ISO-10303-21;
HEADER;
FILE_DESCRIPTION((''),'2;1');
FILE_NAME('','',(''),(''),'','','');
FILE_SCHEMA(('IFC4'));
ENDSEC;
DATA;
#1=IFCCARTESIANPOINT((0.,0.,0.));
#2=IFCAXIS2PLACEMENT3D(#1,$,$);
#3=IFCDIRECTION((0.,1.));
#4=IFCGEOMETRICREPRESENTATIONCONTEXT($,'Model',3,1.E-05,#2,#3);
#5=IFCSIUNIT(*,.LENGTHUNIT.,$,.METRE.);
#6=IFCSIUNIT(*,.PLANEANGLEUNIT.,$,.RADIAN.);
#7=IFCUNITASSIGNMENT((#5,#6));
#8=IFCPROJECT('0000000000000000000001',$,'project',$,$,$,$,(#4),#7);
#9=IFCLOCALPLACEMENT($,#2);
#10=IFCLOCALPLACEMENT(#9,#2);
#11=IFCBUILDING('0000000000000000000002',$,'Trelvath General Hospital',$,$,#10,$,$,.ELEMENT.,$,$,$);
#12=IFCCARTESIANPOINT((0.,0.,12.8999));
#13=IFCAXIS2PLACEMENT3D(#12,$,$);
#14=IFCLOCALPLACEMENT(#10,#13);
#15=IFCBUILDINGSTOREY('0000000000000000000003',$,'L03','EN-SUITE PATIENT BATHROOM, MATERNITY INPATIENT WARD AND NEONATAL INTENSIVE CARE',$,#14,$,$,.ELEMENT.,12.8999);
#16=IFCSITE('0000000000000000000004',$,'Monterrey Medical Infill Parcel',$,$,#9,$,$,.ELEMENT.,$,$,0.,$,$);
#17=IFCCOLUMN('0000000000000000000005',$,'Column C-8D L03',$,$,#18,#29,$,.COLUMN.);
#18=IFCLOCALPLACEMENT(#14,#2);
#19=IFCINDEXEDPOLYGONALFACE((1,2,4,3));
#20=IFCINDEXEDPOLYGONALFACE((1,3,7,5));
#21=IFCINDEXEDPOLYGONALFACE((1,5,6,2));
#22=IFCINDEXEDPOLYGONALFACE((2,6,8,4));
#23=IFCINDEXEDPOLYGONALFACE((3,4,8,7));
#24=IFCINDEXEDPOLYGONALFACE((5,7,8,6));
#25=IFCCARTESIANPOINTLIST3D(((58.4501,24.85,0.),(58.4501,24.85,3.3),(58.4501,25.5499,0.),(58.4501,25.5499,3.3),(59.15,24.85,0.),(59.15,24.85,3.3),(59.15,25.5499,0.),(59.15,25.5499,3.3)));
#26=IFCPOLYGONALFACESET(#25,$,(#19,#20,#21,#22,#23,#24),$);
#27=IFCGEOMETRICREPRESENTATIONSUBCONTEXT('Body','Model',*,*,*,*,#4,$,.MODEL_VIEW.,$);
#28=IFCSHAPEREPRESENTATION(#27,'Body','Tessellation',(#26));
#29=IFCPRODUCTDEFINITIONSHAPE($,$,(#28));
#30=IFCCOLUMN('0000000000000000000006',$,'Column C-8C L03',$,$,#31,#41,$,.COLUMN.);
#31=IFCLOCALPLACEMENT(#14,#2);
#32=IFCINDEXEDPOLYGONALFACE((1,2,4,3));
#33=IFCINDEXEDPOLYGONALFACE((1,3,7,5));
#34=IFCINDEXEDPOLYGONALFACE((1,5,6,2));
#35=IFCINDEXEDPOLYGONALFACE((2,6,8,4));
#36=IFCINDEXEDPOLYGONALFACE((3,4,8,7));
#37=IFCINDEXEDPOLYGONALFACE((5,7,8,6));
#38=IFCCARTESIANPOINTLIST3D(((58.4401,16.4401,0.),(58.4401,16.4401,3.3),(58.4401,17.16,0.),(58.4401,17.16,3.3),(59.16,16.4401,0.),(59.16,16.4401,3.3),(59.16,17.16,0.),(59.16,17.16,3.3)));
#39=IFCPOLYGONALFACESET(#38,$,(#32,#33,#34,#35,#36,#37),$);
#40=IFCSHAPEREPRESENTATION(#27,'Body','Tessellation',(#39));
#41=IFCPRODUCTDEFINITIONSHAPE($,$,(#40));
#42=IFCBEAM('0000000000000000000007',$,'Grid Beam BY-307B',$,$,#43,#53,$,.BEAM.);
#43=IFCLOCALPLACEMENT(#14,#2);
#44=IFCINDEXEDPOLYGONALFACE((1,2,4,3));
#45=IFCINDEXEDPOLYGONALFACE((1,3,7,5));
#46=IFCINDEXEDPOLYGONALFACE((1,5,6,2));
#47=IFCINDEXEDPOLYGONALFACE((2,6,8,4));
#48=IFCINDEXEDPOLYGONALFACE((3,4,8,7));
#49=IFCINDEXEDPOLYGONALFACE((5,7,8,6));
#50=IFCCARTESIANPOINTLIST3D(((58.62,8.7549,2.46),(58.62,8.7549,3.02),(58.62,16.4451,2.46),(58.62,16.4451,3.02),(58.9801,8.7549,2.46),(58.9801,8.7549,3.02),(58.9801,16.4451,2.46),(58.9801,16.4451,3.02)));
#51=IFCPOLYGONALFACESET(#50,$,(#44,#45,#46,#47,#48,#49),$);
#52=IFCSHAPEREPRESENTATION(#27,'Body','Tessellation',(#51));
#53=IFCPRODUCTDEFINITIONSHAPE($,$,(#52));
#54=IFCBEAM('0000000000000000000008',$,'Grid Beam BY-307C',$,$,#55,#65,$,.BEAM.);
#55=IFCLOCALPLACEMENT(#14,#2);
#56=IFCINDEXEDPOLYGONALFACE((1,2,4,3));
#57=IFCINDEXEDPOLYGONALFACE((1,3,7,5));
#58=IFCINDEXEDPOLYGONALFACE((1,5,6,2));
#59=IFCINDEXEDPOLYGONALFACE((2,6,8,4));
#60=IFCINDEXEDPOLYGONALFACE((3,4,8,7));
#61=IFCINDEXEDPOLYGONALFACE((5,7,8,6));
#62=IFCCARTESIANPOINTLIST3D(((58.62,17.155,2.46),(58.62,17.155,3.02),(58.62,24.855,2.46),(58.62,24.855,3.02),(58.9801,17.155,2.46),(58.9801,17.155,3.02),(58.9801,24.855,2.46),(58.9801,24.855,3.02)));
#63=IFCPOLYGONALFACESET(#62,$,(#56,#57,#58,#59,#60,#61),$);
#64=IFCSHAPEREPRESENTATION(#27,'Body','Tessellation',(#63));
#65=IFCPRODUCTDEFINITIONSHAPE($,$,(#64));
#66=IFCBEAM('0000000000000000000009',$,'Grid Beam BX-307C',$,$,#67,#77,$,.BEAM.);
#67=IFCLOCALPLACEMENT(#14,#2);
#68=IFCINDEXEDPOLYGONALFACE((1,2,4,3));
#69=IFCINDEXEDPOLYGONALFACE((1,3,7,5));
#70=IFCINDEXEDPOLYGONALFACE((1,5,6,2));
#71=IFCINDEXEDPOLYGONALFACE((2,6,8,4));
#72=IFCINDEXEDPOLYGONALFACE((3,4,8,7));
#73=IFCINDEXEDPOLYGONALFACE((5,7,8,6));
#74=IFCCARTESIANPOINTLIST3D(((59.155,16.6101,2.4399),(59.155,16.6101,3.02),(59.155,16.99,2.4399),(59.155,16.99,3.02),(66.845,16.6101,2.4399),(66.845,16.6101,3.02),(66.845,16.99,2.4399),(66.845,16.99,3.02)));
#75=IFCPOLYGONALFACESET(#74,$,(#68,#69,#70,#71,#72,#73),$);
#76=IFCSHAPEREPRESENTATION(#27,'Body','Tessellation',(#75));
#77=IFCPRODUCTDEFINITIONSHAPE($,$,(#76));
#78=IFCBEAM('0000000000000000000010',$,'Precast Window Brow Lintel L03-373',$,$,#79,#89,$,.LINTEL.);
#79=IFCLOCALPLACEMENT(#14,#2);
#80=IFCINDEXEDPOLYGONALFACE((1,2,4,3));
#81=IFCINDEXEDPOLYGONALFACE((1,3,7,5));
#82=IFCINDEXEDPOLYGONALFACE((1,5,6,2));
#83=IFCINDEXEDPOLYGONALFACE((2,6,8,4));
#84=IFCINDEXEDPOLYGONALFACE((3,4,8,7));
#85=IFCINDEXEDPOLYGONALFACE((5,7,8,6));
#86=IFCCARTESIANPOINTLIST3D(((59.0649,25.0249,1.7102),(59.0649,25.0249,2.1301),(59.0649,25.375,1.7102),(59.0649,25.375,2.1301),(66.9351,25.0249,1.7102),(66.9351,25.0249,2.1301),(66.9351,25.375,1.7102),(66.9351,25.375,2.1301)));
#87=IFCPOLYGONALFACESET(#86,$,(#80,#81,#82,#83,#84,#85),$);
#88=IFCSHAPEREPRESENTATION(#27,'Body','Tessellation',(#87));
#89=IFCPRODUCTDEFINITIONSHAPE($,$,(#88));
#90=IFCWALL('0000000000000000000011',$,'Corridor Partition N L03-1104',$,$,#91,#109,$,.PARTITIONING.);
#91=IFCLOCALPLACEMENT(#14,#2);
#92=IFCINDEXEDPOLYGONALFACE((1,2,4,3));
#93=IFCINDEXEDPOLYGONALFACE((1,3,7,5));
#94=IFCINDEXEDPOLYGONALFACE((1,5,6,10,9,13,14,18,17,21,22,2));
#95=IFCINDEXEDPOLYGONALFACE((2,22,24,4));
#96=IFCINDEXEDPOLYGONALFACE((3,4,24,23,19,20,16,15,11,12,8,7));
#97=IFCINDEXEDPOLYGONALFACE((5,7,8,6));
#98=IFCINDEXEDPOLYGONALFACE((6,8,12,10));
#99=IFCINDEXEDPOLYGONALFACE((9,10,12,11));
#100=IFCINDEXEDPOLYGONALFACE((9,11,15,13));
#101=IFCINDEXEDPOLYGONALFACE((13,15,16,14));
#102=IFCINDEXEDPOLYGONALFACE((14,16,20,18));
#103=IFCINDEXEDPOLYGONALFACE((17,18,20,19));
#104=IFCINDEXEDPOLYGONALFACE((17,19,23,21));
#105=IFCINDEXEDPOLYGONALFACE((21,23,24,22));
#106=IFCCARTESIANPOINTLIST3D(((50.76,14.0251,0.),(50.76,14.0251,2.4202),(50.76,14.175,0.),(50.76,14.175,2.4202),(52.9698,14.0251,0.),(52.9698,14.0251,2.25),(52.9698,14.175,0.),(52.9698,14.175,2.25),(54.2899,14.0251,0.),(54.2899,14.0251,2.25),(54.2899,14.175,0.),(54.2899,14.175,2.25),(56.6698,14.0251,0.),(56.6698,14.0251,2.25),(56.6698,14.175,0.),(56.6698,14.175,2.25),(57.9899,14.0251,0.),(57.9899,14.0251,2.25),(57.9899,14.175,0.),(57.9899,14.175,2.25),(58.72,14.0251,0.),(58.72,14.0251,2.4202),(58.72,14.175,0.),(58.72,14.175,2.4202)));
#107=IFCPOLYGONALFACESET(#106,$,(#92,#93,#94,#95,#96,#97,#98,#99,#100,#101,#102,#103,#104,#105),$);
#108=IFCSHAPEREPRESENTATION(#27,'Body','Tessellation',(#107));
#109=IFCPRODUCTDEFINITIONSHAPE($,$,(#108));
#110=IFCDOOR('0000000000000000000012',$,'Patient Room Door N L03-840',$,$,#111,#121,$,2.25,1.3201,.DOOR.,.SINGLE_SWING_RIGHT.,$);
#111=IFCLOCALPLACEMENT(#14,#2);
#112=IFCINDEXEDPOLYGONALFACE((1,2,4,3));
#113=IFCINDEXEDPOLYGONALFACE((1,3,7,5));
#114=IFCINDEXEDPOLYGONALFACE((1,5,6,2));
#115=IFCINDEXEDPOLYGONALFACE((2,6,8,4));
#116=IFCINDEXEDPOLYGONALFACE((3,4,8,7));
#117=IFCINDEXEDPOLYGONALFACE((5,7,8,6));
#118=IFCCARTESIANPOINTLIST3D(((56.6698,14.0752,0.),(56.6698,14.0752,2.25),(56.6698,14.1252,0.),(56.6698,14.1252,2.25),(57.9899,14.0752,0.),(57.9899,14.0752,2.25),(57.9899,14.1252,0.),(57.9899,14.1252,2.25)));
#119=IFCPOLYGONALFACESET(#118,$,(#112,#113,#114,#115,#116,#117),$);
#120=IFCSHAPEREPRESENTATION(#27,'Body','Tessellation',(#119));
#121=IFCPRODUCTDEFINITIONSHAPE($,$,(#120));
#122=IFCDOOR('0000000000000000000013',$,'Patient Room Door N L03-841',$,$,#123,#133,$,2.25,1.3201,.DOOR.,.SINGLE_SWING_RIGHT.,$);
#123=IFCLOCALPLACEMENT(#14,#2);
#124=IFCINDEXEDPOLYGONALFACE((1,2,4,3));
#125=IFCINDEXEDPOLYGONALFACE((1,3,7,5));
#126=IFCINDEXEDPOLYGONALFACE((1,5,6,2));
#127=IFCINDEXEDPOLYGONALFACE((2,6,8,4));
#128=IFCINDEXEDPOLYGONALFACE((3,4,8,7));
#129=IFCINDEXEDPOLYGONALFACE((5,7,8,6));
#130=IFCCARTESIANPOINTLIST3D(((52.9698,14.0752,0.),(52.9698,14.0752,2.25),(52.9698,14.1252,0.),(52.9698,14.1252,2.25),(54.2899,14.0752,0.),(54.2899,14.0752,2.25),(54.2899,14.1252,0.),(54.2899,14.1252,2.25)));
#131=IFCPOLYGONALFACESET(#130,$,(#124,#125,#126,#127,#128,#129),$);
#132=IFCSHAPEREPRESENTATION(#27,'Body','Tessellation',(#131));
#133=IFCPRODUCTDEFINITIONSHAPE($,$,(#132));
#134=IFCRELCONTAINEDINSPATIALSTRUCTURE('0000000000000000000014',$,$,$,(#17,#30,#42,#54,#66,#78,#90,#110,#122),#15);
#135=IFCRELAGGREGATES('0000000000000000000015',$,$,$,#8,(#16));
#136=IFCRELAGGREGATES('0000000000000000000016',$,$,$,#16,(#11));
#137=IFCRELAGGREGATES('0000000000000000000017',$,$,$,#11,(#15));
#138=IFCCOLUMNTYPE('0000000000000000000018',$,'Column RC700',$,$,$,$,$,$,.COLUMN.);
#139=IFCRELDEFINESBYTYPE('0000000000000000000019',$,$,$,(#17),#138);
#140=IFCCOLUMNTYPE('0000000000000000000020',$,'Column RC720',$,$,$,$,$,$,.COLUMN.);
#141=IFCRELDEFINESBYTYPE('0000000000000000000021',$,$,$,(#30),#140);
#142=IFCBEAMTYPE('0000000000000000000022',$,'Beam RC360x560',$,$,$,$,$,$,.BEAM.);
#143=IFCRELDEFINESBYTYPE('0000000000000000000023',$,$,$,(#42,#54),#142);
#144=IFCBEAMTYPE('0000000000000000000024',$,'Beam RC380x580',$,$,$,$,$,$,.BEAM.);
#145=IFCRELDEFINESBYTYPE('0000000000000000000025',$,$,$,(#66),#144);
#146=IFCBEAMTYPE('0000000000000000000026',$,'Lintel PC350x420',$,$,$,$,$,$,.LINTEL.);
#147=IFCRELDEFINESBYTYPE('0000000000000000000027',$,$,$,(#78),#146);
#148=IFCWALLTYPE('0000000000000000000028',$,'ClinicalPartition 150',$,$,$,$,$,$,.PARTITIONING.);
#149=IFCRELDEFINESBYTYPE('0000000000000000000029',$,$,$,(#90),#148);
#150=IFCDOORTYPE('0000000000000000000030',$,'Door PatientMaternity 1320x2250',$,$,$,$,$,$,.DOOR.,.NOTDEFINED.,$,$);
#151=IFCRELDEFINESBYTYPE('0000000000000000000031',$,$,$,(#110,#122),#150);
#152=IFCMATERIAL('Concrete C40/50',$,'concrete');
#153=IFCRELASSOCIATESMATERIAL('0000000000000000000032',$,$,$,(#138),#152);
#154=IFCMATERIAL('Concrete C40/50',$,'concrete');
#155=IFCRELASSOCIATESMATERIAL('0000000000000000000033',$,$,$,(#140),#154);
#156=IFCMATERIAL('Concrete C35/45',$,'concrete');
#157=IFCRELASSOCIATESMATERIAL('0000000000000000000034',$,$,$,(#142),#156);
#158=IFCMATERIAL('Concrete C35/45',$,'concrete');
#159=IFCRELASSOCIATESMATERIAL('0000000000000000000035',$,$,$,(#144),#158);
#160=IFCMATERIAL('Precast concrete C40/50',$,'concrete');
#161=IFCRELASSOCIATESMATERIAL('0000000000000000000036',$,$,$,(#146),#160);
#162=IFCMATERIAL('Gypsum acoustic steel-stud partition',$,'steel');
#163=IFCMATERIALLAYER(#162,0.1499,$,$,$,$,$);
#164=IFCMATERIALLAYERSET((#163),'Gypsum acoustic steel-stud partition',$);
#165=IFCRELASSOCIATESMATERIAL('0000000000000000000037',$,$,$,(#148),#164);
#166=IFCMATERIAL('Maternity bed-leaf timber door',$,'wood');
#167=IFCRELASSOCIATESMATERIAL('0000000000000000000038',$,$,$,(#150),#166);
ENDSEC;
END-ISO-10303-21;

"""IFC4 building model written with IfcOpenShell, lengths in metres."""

from ifc_helpers import new_model, si_unit, direction, frame, frame_2d, origin, origin_2d, place, context, subcontext, project, spatial, rectangle, extrude, material, layer, layer_set, material_profile, profile_set, type_object, element, fill, save


model = new_model("IFC4")

# Units and contexts
model_context = context("Model", 3, precision=1e-05, world=origin(), true_north=direction((0.0, 1.0)))
body_context = subcontext(model_context, "Body", "Model", "MODEL_VIEW")
ifc_project = project(units=[si_unit("LENGTHUNIT", "METRE"), si_unit("PLANEANGLEUNIT", "RADIAN")], contexts=[model_context])

# Site, building, storey
site_placement = place(None, origin())
site = spatial("IfcSite", under=ifc_project, at=site_placement, Name="Monterrey Medical Infill Parcel", CompositionType="ELEMENT", RefElevation=0.0)
building_placement = place(site_placement, origin())
building = spatial("IfcBuilding", under=site, at=building_placement, Name="Trelvath General Hospital", CompositionType="ELEMENT")
storey_placement = place(building_placement, frame((0.0, 0.0, 12.8999)))
storey = spatial("IfcBuildingStorey", under=building, at=storey_placement, Name="L03", Description="EN-SUITE PATIENT BATHROOM, MATERNITY INPATIENT WARD AND NEONATAL INTENSIVE CARE", CompositionType="ELEMENT", Elevation=12.8999)

# Columns
ifc_material_1 = material(Name="Concrete C40/50", Category="concrete")
ifc_material_profile_1 = material_profile(ifc_material_1, rectangle(XDim=0.7, YDim=0.7, at=origin_2d()), Name="RC700x700")
ifc_profile_set_1 = profile_set([ifc_material_profile_1], Name="Concrete C40/50")
column_type_1 = type_object("IfcColumnType", Name="Column RC700", PredefinedType="COLUMN", material=ifc_profile_set_1)
column_1_placement = place(storey_placement, frame((58.8, 25.2, 0.0), z_axis=(0.0, 0.0, 1.0), x_axis=(1.0, 0.0, 0.0)))
element("IfcColumn", 1, at=column_1_placement, inside=storey, type_object=column_type_1, Name="Column C-8D L03", PredefinedType="COLUMN", context=body_context, shape_type="SweptSolid", body=[
    extrude(rectangle(XDim=0.7, YDim=0.7, at=origin_2d()), origin(), (0.0, 0.0, 1.0), 3.3),
])
ifc_material_2 = material(Name="Concrete C40/50", Category="concrete")
ifc_material_profile_2 = material_profile(ifc_material_2, rectangle(XDim=0.72, YDim=0.72, at=origin_2d()), Name="RC720x720")
ifc_profile_set_2 = profile_set([ifc_material_profile_2], Name="Concrete C40/50")
column_type_2 = type_object("IfcColumnType", Name="Column RC720", PredefinedType="COLUMN", material=ifc_profile_set_2)
column_2_placement = place(storey_placement, frame((58.8, 16.8, 0.0), z_axis=(0.0, 0.0, 1.0), x_axis=(1.0, 0.0, 0.0)))
element("IfcColumn", 2, at=column_2_placement, inside=storey, type_object=column_type_2, Name="Column C-8C L03", PredefinedType="COLUMN", context=body_context, shape_type="SweptSolid", body=[
    extrude(rectangle(XDim=0.72, YDim=0.72, at=origin_2d()), origin(), (0.0, 0.0, 1.0), 3.3),
])

# Beams
ifc_material_3 = material(Name="Concrete C35/45", Category="concrete")
ifc_material_profile_3 = material_profile(ifc_material_3, rectangle(XDim=0.3601, YDim=0.5601, at=origin_2d()), Name="RCB360x560")
ifc_profile_set_3 = profile_set([ifc_material_profile_3], Name="Concrete C35/45")
beam_type_1 = type_object("IfcBeamType", Name="Beam RC360x560", PredefinedType="BEAM", material=ifc_profile_set_3)
beam_1_placement = place(storey_placement, frame((58.8, 8.7549, 2.74), z_axis=(0.0, 1.0, 0.0), x_axis=(-1.0, 0.0, 0.0)))
element("IfcBeam", 3, at=beam_1_placement, inside=storey, type_object=beam_type_1, Name="Grid Beam BY-307B", PredefinedType="BEAM", context=body_context, shape_type="SweptSolid", body=[
    extrude(rectangle(XDim=0.3601, YDim=0.5601, at=origin_2d()), origin(), (0.0, 0.0, 1.0), 7.6902),
])
beam_2_placement = place(storey_placement, frame((58.8, 17.155, 2.74), z_axis=(0.0, 1.0, 0.0), x_axis=(-1.0, 0.0, 0.0)))
element("IfcBeam", 4, at=beam_2_placement, inside=storey, type_object=beam_type_1, Name="Grid Beam BY-307C", PredefinedType="BEAM", context=body_context, shape_type="SweptSolid", body=[
    extrude(rectangle(XDim=0.3601, YDim=0.5601, at=origin_2d()), origin(), (0.0, 0.0, 1.0), 7.7),
])
ifc_material_4 = material(Name="Concrete C35/45", Category="concrete")
ifc_material_profile_4 = material_profile(ifc_material_4, rectangle(XDim=0.3799, YDim=0.5801, at=origin_2d()), Name="RCB380x580")
ifc_profile_set_4 = profile_set([ifc_material_profile_4], Name="Concrete C35/45")
beam_type_2 = type_object("IfcBeamType", Name="Beam RC380x580", PredefinedType="BEAM", material=ifc_profile_set_4)
beam_3_placement = place(storey_placement, frame((59.155, 16.8, 2.73), z_axis=(1.0, 0.0, 0.0), x_axis=(0.0, 1.0, 0.0)))
element("IfcBeam", 5, at=beam_3_placement, inside=storey, type_object=beam_type_2, Name="Grid Beam BX-307C", PredefinedType="BEAM", context=body_context, shape_type="SweptSolid", body=[
    extrude(rectangle(XDim=0.3799, YDim=0.5801, at=origin_2d()), origin(), (0.0, 0.0, 1.0), 7.6899),
])
ifc_material_5 = material(Name="Precast concrete C40/50", Category="concrete")
ifc_material_profile_5 = material_profile(ifc_material_5, rectangle(XDim=0.3501, YDim=0.4199, at=origin_2d()), Name="PCL350x420")
ifc_profile_set_5 = profile_set([ifc_material_profile_5], Name="Precast concrete C40/50")
beam_type_3 = type_object("IfcBeamType", Name="Lintel PC350x420", PredefinedType="LINTEL", material=ifc_profile_set_5)
beam_4_placement = place(storey_placement, frame((59.0649, 25.2, 1.9202), z_axis=(1.0, 0.0, 0.0), x_axis=(0.0, 1.0, 0.0)))
element("IfcBeam", 6, at=beam_4_placement, inside=storey, type_object=beam_type_3, Name="Precast Window Brow Lintel L03-373", PredefinedType="LINTEL", context=body_context, shape_type="SweptSolid", body=[
    extrude(rectangle(XDim=0.3501, YDim=0.4199, at=origin_2d()), origin(), (0.0, 0.0, 1.0), 7.8701),
])

# Wall, openings, doors
ifc_material_6 = material(Name="Gypsum acoustic steel-stud partition", Category="steel")
ifc_layer_1 = layer(ifc_material_6, 0.1499)
ifc_layer_set_1 = layer_set([ifc_layer_1], Name="Gypsum acoustic steel-stud partition")
wall_type_1 = type_object("IfcWallType", Name="ClinicalPartition 150", PredefinedType="PARTITIONING", material=ifc_layer_set_1)
wall_1_placement = place(storey_placement, frame((58.72, 14.1001, 0.0), z_axis=(0.0, 0.0, 1.0), x_axis=(-1.0, 0.0, 0.0)))
wall_1 = element("IfcWall", 7, at=wall_1_placement, inside=storey, type_object=wall_type_1, Name="Corridor Partition N L03-1104", PredefinedType="PARTITIONING", context=body_context, shape_type="SweptSolid", body=[
    extrude(rectangle(XDim=7.96, YDim=0.1499, at=frame_2d((3.98, 0.0))), origin(), (0.0, 0.0, 1.0), 2.4202),
])
opening_1_placement = place(wall_1_placement, frame((0.73, 0.0, 0.0)))
opening_1 = element("IfcOpeningElement", 8, at=opening_1_placement, cuts=wall_1, PredefinedType="OPENING", context=body_context, shape_type="SweptSolid", body=[
    extrude(rectangle(XDim=1.3201, YDim=2.25, at=frame_2d((0.6602, 1.125))), frame((0.0, 0.085, 0.0), z_axis=(0.0, -1.0, 0.0), x_axis=(1.0, 0.0, 0.0)), (0.0, 0.0, 1.0), 0.1699),
])
opening_2_placement = place(wall_1_placement, frame((4.4299, 0.0, 0.0)))
opening_2 = element("IfcOpeningElement", 9, at=opening_2_placement, cuts=wall_1, PredefinedType="OPENING", context=body_context, shape_type="SweptSolid", body=[
    extrude(rectangle(XDim=1.3201, YDim=2.25, at=frame_2d((0.6602, 1.125))), frame((0.0, 0.085, 0.0), z_axis=(0.0, -1.0, 0.0), x_axis=(1.0, 0.0, 0.0)), (0.0, 0.0, 1.0), 0.1699),
])
ifc_material_7 = material(Name="Maternity bed-leaf timber door", Category="wood")
door_type_1 = type_object("IfcDoorType", Name="Door PatientMaternity 1320x2250", OperationType="NOTDEFINED", PredefinedType="DOOR", material=ifc_material_7)
door_1_placement = place(opening_1_placement, origin())
door_1 = element("IfcDoor", 10, at=door_1_placement, inside=storey, type_object=door_type_1, Name="Patient Room Door N L03-840", OperationType="SINGLE_SWING_RIGHT", OverallHeight=2.25, OverallWidth=1.3201, PredefinedType="DOOR", context=body_context, shape_type="SweptSolid", body=[
    extrude(rectangle(XDim=1.3201, YDim=2.25, at=frame_2d((0.6602, 1.125))), frame((0.0, 0.0249, 0.0), z_axis=(0.0, -1.0, 0.0), x_axis=(1.0, 0.0, 0.0)), (0.0, 0.0, 1.0), 0.05),
])
fill(opening_1, door_1)
door_2_placement = place(opening_2_placement, origin())
door_2 = element("IfcDoor", 11, at=door_2_placement, inside=storey, type_object=door_type_1, Name="Patient Room Door N L03-841", OperationType="SINGLE_SWING_RIGHT", OverallHeight=2.25, OverallWidth=1.3201, PredefinedType="DOOR", context=body_context, shape_type="SweptSolid", body=[
    extrude(rectangle(XDim=1.3201, YDim=2.25, at=frame_2d((0.6602, 1.125))), frame((0.0, 0.0249, 0.0), z_axis=(0.0, -1.0, 0.0), x_axis=(1.0, 0.0, 0.0)), (0.0, 0.0, 1.0), 0.05),
])
fill(opening_2, door_2)

save(model, "model.ifc")
